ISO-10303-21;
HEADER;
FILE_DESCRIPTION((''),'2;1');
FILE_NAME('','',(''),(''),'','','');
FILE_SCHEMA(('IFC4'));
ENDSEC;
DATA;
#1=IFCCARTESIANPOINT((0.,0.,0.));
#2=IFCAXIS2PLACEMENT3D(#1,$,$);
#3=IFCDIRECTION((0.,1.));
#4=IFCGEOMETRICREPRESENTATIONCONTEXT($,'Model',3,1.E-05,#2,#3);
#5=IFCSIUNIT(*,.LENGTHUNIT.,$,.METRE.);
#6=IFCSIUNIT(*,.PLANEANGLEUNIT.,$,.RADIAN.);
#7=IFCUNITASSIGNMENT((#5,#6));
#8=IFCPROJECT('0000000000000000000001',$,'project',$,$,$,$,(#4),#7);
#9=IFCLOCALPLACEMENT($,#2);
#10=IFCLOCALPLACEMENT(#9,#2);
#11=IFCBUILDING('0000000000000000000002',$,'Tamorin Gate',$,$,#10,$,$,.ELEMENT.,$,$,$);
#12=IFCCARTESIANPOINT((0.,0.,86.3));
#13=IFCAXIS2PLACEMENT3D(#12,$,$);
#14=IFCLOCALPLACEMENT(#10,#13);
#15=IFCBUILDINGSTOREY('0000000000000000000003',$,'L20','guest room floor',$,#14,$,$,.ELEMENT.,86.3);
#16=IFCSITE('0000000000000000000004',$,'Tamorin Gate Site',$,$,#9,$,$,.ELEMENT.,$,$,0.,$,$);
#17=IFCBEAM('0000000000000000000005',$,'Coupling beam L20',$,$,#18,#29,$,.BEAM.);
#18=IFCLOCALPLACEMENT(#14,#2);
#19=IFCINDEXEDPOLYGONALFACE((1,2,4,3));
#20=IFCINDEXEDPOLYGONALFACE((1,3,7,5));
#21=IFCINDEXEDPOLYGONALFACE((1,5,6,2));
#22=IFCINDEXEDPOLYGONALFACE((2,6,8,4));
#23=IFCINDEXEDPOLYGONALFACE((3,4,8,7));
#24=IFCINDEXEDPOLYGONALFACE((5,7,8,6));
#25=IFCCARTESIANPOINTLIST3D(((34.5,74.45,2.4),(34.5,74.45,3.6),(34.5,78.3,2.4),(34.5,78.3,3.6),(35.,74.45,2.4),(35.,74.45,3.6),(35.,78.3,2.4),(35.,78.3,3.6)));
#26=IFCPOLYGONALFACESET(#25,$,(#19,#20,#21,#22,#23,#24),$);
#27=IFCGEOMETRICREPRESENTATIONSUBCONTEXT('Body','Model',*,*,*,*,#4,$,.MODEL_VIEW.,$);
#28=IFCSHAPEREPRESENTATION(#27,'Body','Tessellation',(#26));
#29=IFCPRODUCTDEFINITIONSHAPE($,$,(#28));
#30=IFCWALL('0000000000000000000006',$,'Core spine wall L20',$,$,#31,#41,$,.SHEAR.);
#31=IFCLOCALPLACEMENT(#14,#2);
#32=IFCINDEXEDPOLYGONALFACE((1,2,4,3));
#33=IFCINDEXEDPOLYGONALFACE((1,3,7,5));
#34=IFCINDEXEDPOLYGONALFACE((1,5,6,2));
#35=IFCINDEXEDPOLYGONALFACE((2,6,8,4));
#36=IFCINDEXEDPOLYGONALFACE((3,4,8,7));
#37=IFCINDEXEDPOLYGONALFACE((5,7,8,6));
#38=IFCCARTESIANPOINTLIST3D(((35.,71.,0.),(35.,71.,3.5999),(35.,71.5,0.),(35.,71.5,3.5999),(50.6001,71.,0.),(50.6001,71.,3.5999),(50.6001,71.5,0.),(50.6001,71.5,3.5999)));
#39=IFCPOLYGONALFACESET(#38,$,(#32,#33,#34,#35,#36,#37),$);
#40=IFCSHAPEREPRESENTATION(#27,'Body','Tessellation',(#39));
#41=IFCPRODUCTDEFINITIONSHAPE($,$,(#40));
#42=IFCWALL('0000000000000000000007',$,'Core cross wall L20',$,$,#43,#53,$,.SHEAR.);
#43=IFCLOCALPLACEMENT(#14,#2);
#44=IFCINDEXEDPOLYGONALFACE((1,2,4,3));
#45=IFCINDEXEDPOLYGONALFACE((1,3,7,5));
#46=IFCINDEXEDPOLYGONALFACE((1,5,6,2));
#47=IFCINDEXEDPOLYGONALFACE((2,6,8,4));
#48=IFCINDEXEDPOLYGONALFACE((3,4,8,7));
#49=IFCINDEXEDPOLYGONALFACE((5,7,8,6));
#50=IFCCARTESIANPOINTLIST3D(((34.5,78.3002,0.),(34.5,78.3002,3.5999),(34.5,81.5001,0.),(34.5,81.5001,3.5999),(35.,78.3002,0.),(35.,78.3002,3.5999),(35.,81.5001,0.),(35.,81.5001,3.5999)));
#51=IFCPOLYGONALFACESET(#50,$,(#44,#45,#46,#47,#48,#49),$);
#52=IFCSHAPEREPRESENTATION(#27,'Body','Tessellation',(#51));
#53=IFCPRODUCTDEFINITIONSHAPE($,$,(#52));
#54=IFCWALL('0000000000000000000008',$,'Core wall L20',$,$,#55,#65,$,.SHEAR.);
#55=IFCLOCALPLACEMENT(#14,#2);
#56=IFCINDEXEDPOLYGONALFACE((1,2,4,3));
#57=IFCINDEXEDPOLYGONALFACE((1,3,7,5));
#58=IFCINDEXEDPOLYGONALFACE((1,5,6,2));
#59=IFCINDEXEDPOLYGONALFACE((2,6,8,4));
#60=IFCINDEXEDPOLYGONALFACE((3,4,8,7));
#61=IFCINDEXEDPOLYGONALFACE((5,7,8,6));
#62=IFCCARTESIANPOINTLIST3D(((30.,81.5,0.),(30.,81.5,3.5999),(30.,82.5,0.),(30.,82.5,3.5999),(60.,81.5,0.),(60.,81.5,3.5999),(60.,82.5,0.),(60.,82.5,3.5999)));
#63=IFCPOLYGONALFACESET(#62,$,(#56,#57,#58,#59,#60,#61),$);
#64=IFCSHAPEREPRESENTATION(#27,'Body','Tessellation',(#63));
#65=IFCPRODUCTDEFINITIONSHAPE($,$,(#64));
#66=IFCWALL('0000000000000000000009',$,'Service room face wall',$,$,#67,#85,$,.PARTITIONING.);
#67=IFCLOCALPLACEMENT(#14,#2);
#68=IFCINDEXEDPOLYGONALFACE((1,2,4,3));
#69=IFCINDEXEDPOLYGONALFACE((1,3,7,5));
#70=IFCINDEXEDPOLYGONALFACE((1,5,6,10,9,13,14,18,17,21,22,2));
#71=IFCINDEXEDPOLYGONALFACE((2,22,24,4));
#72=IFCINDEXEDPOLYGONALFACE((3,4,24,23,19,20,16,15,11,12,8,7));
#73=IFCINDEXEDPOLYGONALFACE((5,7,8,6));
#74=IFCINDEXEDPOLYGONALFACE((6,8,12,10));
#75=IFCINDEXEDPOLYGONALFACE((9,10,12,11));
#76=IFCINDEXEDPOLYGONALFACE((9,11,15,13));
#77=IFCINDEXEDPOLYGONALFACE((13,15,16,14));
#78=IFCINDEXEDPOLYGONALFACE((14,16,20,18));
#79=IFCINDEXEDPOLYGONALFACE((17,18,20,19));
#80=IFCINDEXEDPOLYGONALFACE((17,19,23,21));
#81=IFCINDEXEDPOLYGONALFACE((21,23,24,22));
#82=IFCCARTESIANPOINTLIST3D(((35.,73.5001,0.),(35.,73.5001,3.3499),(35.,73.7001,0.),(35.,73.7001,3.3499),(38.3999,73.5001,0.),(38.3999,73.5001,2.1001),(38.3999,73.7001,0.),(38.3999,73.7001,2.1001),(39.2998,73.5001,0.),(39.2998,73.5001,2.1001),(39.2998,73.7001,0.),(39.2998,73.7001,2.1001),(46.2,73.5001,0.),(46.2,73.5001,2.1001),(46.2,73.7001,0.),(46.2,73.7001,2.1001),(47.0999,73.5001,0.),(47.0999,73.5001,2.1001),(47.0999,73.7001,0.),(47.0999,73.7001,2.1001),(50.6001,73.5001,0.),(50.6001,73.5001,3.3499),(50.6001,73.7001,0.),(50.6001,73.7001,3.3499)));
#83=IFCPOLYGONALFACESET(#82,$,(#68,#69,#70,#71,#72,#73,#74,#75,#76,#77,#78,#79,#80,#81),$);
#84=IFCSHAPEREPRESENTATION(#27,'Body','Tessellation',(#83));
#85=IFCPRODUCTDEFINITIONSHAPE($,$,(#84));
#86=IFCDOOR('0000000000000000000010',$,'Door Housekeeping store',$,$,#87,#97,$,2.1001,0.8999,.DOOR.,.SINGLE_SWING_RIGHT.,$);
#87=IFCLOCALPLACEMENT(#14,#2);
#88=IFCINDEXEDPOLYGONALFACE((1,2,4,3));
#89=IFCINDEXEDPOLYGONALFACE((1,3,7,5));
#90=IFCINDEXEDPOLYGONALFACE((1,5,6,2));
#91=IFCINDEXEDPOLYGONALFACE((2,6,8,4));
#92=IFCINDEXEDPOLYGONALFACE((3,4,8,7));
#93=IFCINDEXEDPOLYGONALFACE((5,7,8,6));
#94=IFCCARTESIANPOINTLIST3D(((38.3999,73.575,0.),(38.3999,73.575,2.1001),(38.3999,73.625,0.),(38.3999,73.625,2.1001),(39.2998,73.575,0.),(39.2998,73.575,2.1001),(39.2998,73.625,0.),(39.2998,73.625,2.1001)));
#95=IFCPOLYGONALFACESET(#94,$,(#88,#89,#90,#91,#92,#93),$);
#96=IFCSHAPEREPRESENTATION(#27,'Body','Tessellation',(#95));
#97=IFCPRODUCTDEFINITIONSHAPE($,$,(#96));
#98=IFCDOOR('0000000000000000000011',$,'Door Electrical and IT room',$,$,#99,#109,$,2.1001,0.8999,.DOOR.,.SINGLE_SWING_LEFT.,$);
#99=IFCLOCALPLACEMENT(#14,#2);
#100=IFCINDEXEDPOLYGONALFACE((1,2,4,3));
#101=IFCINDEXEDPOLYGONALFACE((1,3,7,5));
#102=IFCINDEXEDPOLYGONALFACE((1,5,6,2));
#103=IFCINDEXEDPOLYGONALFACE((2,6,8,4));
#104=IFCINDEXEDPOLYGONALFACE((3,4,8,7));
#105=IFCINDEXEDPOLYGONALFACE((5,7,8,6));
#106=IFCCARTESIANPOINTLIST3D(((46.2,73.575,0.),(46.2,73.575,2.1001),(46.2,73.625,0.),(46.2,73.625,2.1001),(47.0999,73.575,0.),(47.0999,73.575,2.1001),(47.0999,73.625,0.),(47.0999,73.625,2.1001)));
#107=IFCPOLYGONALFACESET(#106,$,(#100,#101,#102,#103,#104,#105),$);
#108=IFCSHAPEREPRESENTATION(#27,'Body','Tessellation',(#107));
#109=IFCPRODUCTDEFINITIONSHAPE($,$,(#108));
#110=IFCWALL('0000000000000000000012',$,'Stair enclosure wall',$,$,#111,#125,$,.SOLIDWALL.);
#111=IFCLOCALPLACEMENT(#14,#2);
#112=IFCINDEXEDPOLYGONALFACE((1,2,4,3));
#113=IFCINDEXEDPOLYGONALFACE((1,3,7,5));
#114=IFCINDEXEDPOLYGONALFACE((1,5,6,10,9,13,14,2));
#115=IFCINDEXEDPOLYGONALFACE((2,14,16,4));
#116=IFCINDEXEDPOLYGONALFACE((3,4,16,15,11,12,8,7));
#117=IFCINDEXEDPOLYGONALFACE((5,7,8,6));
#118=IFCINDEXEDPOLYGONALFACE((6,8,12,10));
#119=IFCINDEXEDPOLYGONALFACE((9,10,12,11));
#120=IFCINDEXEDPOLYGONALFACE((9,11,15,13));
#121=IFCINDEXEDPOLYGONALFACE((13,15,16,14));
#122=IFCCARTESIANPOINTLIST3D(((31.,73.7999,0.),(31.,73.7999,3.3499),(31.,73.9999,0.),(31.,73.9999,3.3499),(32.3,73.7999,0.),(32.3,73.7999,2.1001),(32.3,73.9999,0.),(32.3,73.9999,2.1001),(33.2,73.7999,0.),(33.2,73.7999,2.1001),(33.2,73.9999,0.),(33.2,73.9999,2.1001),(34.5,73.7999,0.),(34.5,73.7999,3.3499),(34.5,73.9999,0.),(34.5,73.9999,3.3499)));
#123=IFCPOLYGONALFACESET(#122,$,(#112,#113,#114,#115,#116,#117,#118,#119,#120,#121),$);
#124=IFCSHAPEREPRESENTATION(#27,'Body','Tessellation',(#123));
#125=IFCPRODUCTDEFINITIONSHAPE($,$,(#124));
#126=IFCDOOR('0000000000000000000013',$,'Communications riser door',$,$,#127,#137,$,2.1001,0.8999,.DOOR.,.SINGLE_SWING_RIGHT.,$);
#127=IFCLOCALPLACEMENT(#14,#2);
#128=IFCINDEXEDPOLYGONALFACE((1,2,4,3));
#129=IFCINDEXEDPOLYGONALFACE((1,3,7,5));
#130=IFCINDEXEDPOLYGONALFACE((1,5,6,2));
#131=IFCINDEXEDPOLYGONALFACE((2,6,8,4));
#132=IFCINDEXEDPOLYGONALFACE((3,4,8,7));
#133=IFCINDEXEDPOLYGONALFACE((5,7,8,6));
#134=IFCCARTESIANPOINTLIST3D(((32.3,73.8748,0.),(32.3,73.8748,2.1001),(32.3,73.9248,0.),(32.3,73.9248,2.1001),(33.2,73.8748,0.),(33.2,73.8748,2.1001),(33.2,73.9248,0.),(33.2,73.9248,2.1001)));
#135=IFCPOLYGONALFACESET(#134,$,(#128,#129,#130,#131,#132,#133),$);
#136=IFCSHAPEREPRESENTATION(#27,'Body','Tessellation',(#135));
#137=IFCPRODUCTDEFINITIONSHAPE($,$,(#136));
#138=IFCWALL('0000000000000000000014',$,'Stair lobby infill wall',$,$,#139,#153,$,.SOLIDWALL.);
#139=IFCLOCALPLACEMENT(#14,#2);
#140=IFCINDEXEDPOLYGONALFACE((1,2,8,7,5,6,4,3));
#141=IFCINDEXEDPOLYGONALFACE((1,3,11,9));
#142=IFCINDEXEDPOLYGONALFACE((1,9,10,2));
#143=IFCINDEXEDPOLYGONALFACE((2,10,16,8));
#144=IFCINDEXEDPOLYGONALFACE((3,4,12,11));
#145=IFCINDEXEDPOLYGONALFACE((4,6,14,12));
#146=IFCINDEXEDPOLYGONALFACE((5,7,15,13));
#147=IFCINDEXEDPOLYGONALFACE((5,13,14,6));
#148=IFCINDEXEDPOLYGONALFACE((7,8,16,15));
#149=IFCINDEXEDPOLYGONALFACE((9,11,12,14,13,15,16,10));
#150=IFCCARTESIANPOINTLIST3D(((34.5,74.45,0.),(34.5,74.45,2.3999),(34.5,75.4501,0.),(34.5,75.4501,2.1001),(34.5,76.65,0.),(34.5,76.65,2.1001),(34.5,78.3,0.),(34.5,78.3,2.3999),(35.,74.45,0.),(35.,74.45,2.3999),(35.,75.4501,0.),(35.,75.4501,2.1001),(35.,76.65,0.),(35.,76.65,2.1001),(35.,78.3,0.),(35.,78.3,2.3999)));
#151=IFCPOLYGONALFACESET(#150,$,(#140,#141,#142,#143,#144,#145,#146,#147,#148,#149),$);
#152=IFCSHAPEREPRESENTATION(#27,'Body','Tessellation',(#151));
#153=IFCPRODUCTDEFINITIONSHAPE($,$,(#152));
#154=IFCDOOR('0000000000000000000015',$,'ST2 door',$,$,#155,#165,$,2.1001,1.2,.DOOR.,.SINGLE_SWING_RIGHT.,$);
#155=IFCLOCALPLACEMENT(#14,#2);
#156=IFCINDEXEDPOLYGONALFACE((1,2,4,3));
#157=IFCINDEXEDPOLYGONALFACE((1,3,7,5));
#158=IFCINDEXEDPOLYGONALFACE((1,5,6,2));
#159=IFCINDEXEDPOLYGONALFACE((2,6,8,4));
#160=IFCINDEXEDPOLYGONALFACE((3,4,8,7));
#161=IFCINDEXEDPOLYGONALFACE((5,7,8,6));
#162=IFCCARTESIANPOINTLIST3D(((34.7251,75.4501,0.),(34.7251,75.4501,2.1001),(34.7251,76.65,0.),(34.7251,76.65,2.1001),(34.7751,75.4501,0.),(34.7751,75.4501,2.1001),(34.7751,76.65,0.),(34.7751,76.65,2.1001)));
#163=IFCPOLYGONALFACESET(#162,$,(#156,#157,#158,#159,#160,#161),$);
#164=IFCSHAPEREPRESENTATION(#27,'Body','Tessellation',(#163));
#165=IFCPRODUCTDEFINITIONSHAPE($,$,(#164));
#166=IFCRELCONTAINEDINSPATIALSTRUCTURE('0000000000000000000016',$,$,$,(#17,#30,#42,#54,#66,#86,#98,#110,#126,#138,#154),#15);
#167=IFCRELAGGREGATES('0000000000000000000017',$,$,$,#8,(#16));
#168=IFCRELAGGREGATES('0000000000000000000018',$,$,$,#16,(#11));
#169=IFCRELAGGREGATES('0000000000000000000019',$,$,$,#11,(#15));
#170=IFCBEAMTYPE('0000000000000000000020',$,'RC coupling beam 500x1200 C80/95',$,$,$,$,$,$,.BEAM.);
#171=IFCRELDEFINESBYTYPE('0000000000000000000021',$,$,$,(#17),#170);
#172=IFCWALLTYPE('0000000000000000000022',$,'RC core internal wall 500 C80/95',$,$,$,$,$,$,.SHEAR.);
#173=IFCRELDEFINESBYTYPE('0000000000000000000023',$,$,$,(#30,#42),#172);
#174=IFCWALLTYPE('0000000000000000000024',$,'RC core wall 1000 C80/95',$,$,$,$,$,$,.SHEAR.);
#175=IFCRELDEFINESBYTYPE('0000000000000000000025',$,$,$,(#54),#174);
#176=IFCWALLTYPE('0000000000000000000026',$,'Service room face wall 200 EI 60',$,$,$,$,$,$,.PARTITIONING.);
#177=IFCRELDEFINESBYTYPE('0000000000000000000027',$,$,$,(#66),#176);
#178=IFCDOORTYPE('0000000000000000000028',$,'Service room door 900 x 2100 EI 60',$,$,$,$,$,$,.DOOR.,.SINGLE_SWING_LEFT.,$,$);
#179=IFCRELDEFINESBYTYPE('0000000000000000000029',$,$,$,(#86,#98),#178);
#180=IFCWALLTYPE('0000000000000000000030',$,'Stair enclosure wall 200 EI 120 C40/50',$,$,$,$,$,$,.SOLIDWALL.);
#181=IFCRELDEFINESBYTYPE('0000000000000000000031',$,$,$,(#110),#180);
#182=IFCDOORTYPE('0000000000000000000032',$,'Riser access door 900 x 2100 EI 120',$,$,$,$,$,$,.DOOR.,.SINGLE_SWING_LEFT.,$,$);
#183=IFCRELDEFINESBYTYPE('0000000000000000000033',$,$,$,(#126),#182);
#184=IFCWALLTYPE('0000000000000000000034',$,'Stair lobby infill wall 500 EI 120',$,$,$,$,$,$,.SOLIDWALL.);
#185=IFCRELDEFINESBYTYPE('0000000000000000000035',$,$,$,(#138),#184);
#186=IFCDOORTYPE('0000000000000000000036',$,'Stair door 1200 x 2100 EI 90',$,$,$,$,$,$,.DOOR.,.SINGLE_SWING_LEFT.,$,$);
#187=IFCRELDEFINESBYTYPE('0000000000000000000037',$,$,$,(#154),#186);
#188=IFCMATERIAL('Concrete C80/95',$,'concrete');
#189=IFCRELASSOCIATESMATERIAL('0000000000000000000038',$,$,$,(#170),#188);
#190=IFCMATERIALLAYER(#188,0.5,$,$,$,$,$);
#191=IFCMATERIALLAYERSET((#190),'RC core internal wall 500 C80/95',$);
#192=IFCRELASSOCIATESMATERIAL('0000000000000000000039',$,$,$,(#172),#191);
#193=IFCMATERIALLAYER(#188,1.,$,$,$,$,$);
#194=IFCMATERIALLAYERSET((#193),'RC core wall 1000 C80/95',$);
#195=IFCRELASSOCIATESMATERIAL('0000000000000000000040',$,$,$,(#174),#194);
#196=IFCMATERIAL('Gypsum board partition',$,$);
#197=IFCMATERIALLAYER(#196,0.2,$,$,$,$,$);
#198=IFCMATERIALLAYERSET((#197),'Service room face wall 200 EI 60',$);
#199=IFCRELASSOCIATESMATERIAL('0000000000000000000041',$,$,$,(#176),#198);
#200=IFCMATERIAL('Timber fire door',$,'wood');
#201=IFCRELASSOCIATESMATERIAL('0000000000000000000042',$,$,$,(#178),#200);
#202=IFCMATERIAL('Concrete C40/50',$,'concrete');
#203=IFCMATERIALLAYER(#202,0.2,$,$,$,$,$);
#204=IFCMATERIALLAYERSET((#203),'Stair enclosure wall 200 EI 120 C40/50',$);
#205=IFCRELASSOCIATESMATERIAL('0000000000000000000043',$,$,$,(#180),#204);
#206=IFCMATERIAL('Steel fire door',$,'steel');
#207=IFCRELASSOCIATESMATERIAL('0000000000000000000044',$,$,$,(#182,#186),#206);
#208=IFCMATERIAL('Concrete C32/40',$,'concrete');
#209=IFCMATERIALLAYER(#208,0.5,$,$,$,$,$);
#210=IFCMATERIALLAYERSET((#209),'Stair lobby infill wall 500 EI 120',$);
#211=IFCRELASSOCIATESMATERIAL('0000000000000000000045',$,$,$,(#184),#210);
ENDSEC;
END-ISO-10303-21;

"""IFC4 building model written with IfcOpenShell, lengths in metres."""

from ifc_helpers import new_model, si_unit, direction, frame, frame_2d, origin, origin_2d, place, context, subcontext, project, spatial, rectangle, extrude, material, layer, layer_set, material_profile, profile_set, type_object, element, fill, save


model = new_model("IFC4")

# Units and contexts
model_context = context("Model", 3, precision=1e-05, world=origin(), true_north=direction((0.0, 1.0)))
body_context = subcontext(model_context, "Body", "Model", "MODEL_VIEW")
ifc_project = project(units=[si_unit("LENGTHUNIT", "METRE"), si_unit("PLANEANGLEUNIT", "RADIAN")], contexts=[model_context])

# Site, building, storey
site_placement = place(None, origin())
site = spatial("IfcSite", under=ifc_project, at=site_placement, Name="Tamorin Gate Site", CompositionType="ELEMENT", RefElevation=0.0)
building_placement = place(site_placement, origin())
building = spatial("IfcBuilding", under=site, at=building_placement, Name="Tamorin Gate", CompositionType="ELEMENT")
storey_placement = place(building_placement, frame((0.0, 0.0, 86.3)))
storey = spatial("IfcBuildingStorey", under=building, at=storey_placement, Name="L20", Description="guest room floor", CompositionType="ELEMENT", Elevation=86.3)

# Beam
ifc_material_1 = material(Name="Concrete C80/95", Category="concrete")
ifc_material_profile = material_profile(ifc_material_1, rectangle(XDim=0.5, YDim=1.2, at=origin_2d()), Name="RC 500x1200")
ifc_profile_set = profile_set([ifc_material_profile], Name="Concrete C80/95")
beam_type = type_object("IfcBeamType", Name="RC coupling beam 500x1200 C80/95", PredefinedType="BEAM", material=ifc_profile_set)
beam_placement = place(storey_placement, frame((34.75, 74.45, 3.0), z_axis=(0.0, 1.0, 0.0), x_axis=(-1.0, 0.0, 0.0)))
element("IfcBeam", 1, at=beam_placement, inside=storey, type_object=beam_type, Name="Coupling beam L20", PredefinedType="BEAM", context=body_context, shape_type="SweptSolid", body=[
    extrude(rectangle(XDim=0.5, YDim=1.2, at=origin_2d()), origin(), (0.0, 0.0, 1.0), 3.8501),
])

# Walls
ifc_layer_1 = layer(ifc_material_1, 0.5)
ifc_layer_set_1 = layer_set([ifc_layer_1], Name="RC core internal wall 500 C80/95")
wall_type_1 = type_object("IfcWallType", Name="RC core internal wall 500 C80/95", PredefinedType="SHEAR", material=ifc_layer_set_1)
wall_1_placement = place(storey_placement, frame((35.0, 71.25, 0.0), z_axis=(0.0, 0.0, 1.0), x_axis=(1.0, 0.0, 0.0)))
element("IfcWall", 2, at=wall_1_placement, inside=storey, type_object=wall_type_1, Name="Core spine wall L20", PredefinedType="SHEAR", context=body_context, shape_type="SweptSolid", body=[
    extrude(rectangle(XDim=15.6001, YDim=0.5, at=frame_2d((7.8, 0.0))), origin(), (0.0, 0.0, 1.0), 3.5999),
])
wall_2_placement = place(storey_placement, frame((34.75, 78.3, 0.0), z_axis=(0.0, 0.0, 1.0), x_axis=(0.0, 1.0, 0.0)))
element("IfcWall", 3, at=wall_2_placement, inside=storey, type_object=wall_type_1, Name="Core cross wall L20", PredefinedType="SHEAR", context=body_context, shape_type="SweptSolid", body=[
    extrude(rectangle(XDim=3.2, YDim=0.5, at=frame_2d((1.6001, 0.0))), origin(), (0.0, 0.0, 1.0), 3.5999),
])
ifc_layer_2 = layer(ifc_material_1, 1.0)
ifc_layer_set_2 = layer_set([ifc_layer_2], Name="RC core wall 1000 C80/95")
wall_type_2 = type_object("IfcWallType", Name="RC core wall 1000 C80/95", PredefinedType="SHEAR", material=ifc_layer_set_2)
wall_3_placement = place(storey_placement, frame((30.0, 82.0, 0.0), z_axis=(0.0, 0.0, 1.0), x_axis=(1.0, 0.0, 0.0)))
element("IfcWall", 4, at=wall_3_placement, inside=storey, type_object=wall_type_2, Name="Core wall L20", PredefinedType="SHEAR", context=body_context, shape_type="SweptSolid", body=[
    extrude(rectangle(XDim=30.0, YDim=1.0, at=frame_2d((15.0, 0.0))), origin(), (0.0, 0.0, 1.0), 3.5999),
])

# Wall, openings, doors
ifc_material_2 = material(Name="Gypsum board partition")
ifc_layer_3 = layer(ifc_material_2, 0.2)
ifc_layer_set_3 = layer_set([ifc_layer_3], Name="Service room face wall 200 EI 60")
wall_type_3 = type_object("IfcWallType", Name="Service room face wall 200 EI 60", PredefinedType="PARTITIONING", material=ifc_layer_set_3)
wall_4_placement = place(storey_placement, frame((35.0, 73.6001, 0.0), z_axis=(0.0, 0.0, 1.0), x_axis=(1.0, 0.0, 0.0)))
wall_4 = element("IfcWall", 5, at=wall_4_placement, inside=storey, type_object=wall_type_3, Name="Service room face wall", PredefinedType="PARTITIONING", context=body_context, shape_type="SweptSolid", body=[
    extrude(rectangle(XDim=15.6001, YDim=0.2, at=frame_2d((7.8, 0.0))), origin(), (0.0, 0.0, 1.0), 3.3499),
])
opening_1_placement = place(wall_4_placement, frame((3.3999, 0.0, 0.0)))
opening_1 = element("IfcOpeningElement", 6, at=opening_1_placement, cuts=wall_4, PredefinedType="OPENING", context=body_context, shape_type="SweptSolid", body=[
    extrude(rectangle(XDim=0.8999, YDim=2.1001, at=frame_2d((0.45, 1.05))), frame((0.0, 0.1099, 0.0), z_axis=(0.0, -1.0, 0.0), x_axis=(1.0, 0.0, 0.0)), (0.0, 0.0, 1.0), 0.22),
])
opening_2_placement = place(wall_4_placement, frame((11.2, 0.0, 0.0)))
opening_2 = element("IfcOpeningElement", 7, at=opening_2_placement, cuts=wall_4, PredefinedType="OPENING", context=body_context, shape_type="SweptSolid", body=[
    extrude(rectangle(XDim=0.8999, YDim=2.1001, at=frame_2d((0.45, 1.05))), frame((0.0, 0.1099, 0.0), z_axis=(0.0, -1.0, 0.0), x_axis=(1.0, 0.0, 0.0)), (0.0, 0.0, 1.0), 0.22),
])
ifc_material_3 = material(Name="Timber fire door", Category="wood")
door_type_1 = type_object("IfcDoorType", Name="Service room door 900 x 2100 EI 60", OperationType="SINGLE_SWING_LEFT", PredefinedType="DOOR", material=ifc_material_3)
door_1_placement = place(opening_1_placement, origin())
door_1 = element("IfcDoor", 8, at=door_1_placement, inside=storey, type_object=door_type_1, Name="Door Housekeeping store", OperationType="SINGLE_SWING_RIGHT", OverallHeight=2.1001, OverallWidth=0.8999, PredefinedType="DOOR", context=body_context, shape_type="SweptSolid", body=[
    extrude(rectangle(XDim=0.8999, YDim=2.1001, at=frame_2d((0.45, 1.05))), frame((0.0, 0.0249, 0.0), z_axis=(0.0, -1.0, 0.0), x_axis=(1.0, 0.0, 0.0)), (0.0, 0.0, 1.0), 0.05),
])
fill(opening_1, door_1)
door_2_placement = place(opening_2_placement, origin())
door_2 = element("IfcDoor", 9, at=door_2_placement, inside=storey, type_object=door_type_1, Name="Door Electrical and IT room", OperationType="SINGLE_SWING_LEFT", OverallHeight=2.1001, OverallWidth=0.8999, PredefinedType="DOOR", context=body_context, shape_type="SweptSolid", body=[
    extrude(rectangle(XDim=0.8999, YDim=2.1001, at=frame_2d((0.45, 1.05))), frame((0.0, 0.0249, 0.0), z_axis=(0.0, -1.0, 0.0), x_axis=(1.0, 0.0, 0.0)), (0.0, 0.0, 1.0), 0.05),
])
fill(opening_2, door_2)

# Walls, openings, doors
ifc_material_4 = material(Name="Concrete C40/50", Category="concrete")
ifc_layer_4 = layer(ifc_material_4, 0.2)
ifc_layer_set_4 = layer_set([ifc_layer_4], Name="Stair enclosure wall 200 EI 120 C40/50")
wall_type_4 = type_object("IfcWallType", Name="Stair enclosure wall 200 EI 120 C40/50", PredefinedType="SOLIDWALL", material=ifc_layer_set_4)
wall_5_placement = place(storey_placement, frame((31.0, 73.8999, 0.0), z_axis=(0.0, 0.0, 1.0), x_axis=(1.0, 0.0, 0.0)))
wall_5 = element("IfcWall", 10, at=wall_5_placement, inside=storey, type_object=wall_type_4, Name="Stair enclosure wall", PredefinedType="SOLIDWALL", context=body_context, shape_type="SweptSolid", body=[
    extrude(rectangle(XDim=3.5, YDim=0.2, at=frame_2d((1.75, 0.0))), origin(), (0.0, 0.0, 1.0), 3.3499),
])
opening_3_placement = place(wall_5_placement, frame((1.3, 0.0, 0.0)))
opening_3 = element("IfcOpeningElement", 11, at=opening_3_placement, cuts=wall_5, PredefinedType="OPENING", context=body_context, shape_type="SweptSolid", body=[
    extrude(rectangle(XDim=0.8999, YDim=2.1001, at=frame_2d((0.45, 1.05))), frame((0.0, 0.1099, 0.0), z_axis=(0.0, -1.0, 0.0), x_axis=(1.0, 0.0, 0.0)), (0.0, 0.0, 1.0), 0.22),
])
ifc_material_5 = material(Name="Steel fire door", Category="steel")
door_type_2 = type_object("IfcDoorType", Name="Riser access door 900 x 2100 EI 120", OperationType="SINGLE_SWING_LEFT", PredefinedType="DOOR", material=ifc_material_5)
door_3_placement = place(opening_3_placement, origin())
door_3 = element("IfcDoor", 12, at=door_3_placement, inside=storey, type_object=door_type_2, Name="Communications riser door", OperationType="SINGLE_SWING_RIGHT", OverallHeight=2.1001, OverallWidth=0.8999, PredefinedType="DOOR", context=body_context, shape_type="SweptSolid", body=[
    extrude(rectangle(XDim=0.8999, YDim=2.1001, at=frame_2d((0.45, 1.05))), frame((0.0, 0.0249, 0.0), z_axis=(0.0, -1.0, 0.0), x_axis=(1.0, 0.0, 0.0)), (0.0, 0.0, 1.0), 0.05),
])
fill(opening_3, door_3)
ifc_material_6 = material(Name="Concrete C32/40", Category="concrete")
ifc_layer_5 = layer(ifc_material_6, 0.5)
ifc_layer_set_5 = layer_set([ifc_layer_5], Name="Stair lobby infill wall 500 EI 120")
wall_type_5 = type_object("IfcWallType", Name="Stair lobby infill wall 500 EI 120", PredefinedType="SOLIDWALL", material=ifc_layer_set_5)
wall_6_placement = place(storey_placement, frame((34.75, 74.45, 0.0), z_axis=(0.0, 0.0, 1.0), x_axis=(0.0, 1.0, 0.0)))
wall_6 = element("IfcWall", 13, at=wall_6_placement, inside=storey, type_object=wall_type_5, Name="Stair lobby infill wall", PredefinedType="SOLIDWALL", context=body_context, shape_type="SweptSolid", body=[
    extrude(rectangle(XDim=3.8501, YDim=0.5, at=frame_2d((1.925, 0.0))), origin(), (0.0, 0.0, 1.0), 2.3999),
])
opening_4_placement = place(wall_6_placement, frame((1.0, 0.0, 0.0)))
opening_4 = element("IfcOpeningElement", 14, at=opening_4_placement, cuts=wall_6, PredefinedType="OPENING", context=body_context, shape_type="SweptSolid", body=[
    extrude(rectangle(XDim=1.2, YDim=2.1001, at=frame_2d((0.6001, 1.05))), frame((0.0, 0.26, 0.0), z_axis=(0.0, -1.0, 0.0), x_axis=(1.0, 0.0, 0.0)), (0.0, 0.0, 1.0), 0.52),
])
door_type_3 = type_object("IfcDoorType", Name="Stair door 1200 x 2100 EI 90", OperationType="SINGLE_SWING_LEFT", PredefinedType="DOOR", material=ifc_material_5)
door_4_placement = place(opening_4_placement, origin())
door_4 = element("IfcDoor", 15, at=door_4_placement, inside=storey, type_object=door_type_3, Name="ST2 door", OperationType="SINGLE_SWING_RIGHT", OverallHeight=2.1001, OverallWidth=1.2, PredefinedType="DOOR", context=body_context, shape_type="SweptSolid", body=[
    extrude(rectangle(XDim=1.2, YDim=2.1001, at=frame_2d((0.6001, 1.05))), frame((0.0, 0.0249, 0.0), z_axis=(0.0, -1.0, 0.0), x_axis=(1.0, 0.0, 0.0)), (0.0, 0.0, 1.0), 0.05),
])
fill(opening_4, door_4)

save(model, "model.ifc")
